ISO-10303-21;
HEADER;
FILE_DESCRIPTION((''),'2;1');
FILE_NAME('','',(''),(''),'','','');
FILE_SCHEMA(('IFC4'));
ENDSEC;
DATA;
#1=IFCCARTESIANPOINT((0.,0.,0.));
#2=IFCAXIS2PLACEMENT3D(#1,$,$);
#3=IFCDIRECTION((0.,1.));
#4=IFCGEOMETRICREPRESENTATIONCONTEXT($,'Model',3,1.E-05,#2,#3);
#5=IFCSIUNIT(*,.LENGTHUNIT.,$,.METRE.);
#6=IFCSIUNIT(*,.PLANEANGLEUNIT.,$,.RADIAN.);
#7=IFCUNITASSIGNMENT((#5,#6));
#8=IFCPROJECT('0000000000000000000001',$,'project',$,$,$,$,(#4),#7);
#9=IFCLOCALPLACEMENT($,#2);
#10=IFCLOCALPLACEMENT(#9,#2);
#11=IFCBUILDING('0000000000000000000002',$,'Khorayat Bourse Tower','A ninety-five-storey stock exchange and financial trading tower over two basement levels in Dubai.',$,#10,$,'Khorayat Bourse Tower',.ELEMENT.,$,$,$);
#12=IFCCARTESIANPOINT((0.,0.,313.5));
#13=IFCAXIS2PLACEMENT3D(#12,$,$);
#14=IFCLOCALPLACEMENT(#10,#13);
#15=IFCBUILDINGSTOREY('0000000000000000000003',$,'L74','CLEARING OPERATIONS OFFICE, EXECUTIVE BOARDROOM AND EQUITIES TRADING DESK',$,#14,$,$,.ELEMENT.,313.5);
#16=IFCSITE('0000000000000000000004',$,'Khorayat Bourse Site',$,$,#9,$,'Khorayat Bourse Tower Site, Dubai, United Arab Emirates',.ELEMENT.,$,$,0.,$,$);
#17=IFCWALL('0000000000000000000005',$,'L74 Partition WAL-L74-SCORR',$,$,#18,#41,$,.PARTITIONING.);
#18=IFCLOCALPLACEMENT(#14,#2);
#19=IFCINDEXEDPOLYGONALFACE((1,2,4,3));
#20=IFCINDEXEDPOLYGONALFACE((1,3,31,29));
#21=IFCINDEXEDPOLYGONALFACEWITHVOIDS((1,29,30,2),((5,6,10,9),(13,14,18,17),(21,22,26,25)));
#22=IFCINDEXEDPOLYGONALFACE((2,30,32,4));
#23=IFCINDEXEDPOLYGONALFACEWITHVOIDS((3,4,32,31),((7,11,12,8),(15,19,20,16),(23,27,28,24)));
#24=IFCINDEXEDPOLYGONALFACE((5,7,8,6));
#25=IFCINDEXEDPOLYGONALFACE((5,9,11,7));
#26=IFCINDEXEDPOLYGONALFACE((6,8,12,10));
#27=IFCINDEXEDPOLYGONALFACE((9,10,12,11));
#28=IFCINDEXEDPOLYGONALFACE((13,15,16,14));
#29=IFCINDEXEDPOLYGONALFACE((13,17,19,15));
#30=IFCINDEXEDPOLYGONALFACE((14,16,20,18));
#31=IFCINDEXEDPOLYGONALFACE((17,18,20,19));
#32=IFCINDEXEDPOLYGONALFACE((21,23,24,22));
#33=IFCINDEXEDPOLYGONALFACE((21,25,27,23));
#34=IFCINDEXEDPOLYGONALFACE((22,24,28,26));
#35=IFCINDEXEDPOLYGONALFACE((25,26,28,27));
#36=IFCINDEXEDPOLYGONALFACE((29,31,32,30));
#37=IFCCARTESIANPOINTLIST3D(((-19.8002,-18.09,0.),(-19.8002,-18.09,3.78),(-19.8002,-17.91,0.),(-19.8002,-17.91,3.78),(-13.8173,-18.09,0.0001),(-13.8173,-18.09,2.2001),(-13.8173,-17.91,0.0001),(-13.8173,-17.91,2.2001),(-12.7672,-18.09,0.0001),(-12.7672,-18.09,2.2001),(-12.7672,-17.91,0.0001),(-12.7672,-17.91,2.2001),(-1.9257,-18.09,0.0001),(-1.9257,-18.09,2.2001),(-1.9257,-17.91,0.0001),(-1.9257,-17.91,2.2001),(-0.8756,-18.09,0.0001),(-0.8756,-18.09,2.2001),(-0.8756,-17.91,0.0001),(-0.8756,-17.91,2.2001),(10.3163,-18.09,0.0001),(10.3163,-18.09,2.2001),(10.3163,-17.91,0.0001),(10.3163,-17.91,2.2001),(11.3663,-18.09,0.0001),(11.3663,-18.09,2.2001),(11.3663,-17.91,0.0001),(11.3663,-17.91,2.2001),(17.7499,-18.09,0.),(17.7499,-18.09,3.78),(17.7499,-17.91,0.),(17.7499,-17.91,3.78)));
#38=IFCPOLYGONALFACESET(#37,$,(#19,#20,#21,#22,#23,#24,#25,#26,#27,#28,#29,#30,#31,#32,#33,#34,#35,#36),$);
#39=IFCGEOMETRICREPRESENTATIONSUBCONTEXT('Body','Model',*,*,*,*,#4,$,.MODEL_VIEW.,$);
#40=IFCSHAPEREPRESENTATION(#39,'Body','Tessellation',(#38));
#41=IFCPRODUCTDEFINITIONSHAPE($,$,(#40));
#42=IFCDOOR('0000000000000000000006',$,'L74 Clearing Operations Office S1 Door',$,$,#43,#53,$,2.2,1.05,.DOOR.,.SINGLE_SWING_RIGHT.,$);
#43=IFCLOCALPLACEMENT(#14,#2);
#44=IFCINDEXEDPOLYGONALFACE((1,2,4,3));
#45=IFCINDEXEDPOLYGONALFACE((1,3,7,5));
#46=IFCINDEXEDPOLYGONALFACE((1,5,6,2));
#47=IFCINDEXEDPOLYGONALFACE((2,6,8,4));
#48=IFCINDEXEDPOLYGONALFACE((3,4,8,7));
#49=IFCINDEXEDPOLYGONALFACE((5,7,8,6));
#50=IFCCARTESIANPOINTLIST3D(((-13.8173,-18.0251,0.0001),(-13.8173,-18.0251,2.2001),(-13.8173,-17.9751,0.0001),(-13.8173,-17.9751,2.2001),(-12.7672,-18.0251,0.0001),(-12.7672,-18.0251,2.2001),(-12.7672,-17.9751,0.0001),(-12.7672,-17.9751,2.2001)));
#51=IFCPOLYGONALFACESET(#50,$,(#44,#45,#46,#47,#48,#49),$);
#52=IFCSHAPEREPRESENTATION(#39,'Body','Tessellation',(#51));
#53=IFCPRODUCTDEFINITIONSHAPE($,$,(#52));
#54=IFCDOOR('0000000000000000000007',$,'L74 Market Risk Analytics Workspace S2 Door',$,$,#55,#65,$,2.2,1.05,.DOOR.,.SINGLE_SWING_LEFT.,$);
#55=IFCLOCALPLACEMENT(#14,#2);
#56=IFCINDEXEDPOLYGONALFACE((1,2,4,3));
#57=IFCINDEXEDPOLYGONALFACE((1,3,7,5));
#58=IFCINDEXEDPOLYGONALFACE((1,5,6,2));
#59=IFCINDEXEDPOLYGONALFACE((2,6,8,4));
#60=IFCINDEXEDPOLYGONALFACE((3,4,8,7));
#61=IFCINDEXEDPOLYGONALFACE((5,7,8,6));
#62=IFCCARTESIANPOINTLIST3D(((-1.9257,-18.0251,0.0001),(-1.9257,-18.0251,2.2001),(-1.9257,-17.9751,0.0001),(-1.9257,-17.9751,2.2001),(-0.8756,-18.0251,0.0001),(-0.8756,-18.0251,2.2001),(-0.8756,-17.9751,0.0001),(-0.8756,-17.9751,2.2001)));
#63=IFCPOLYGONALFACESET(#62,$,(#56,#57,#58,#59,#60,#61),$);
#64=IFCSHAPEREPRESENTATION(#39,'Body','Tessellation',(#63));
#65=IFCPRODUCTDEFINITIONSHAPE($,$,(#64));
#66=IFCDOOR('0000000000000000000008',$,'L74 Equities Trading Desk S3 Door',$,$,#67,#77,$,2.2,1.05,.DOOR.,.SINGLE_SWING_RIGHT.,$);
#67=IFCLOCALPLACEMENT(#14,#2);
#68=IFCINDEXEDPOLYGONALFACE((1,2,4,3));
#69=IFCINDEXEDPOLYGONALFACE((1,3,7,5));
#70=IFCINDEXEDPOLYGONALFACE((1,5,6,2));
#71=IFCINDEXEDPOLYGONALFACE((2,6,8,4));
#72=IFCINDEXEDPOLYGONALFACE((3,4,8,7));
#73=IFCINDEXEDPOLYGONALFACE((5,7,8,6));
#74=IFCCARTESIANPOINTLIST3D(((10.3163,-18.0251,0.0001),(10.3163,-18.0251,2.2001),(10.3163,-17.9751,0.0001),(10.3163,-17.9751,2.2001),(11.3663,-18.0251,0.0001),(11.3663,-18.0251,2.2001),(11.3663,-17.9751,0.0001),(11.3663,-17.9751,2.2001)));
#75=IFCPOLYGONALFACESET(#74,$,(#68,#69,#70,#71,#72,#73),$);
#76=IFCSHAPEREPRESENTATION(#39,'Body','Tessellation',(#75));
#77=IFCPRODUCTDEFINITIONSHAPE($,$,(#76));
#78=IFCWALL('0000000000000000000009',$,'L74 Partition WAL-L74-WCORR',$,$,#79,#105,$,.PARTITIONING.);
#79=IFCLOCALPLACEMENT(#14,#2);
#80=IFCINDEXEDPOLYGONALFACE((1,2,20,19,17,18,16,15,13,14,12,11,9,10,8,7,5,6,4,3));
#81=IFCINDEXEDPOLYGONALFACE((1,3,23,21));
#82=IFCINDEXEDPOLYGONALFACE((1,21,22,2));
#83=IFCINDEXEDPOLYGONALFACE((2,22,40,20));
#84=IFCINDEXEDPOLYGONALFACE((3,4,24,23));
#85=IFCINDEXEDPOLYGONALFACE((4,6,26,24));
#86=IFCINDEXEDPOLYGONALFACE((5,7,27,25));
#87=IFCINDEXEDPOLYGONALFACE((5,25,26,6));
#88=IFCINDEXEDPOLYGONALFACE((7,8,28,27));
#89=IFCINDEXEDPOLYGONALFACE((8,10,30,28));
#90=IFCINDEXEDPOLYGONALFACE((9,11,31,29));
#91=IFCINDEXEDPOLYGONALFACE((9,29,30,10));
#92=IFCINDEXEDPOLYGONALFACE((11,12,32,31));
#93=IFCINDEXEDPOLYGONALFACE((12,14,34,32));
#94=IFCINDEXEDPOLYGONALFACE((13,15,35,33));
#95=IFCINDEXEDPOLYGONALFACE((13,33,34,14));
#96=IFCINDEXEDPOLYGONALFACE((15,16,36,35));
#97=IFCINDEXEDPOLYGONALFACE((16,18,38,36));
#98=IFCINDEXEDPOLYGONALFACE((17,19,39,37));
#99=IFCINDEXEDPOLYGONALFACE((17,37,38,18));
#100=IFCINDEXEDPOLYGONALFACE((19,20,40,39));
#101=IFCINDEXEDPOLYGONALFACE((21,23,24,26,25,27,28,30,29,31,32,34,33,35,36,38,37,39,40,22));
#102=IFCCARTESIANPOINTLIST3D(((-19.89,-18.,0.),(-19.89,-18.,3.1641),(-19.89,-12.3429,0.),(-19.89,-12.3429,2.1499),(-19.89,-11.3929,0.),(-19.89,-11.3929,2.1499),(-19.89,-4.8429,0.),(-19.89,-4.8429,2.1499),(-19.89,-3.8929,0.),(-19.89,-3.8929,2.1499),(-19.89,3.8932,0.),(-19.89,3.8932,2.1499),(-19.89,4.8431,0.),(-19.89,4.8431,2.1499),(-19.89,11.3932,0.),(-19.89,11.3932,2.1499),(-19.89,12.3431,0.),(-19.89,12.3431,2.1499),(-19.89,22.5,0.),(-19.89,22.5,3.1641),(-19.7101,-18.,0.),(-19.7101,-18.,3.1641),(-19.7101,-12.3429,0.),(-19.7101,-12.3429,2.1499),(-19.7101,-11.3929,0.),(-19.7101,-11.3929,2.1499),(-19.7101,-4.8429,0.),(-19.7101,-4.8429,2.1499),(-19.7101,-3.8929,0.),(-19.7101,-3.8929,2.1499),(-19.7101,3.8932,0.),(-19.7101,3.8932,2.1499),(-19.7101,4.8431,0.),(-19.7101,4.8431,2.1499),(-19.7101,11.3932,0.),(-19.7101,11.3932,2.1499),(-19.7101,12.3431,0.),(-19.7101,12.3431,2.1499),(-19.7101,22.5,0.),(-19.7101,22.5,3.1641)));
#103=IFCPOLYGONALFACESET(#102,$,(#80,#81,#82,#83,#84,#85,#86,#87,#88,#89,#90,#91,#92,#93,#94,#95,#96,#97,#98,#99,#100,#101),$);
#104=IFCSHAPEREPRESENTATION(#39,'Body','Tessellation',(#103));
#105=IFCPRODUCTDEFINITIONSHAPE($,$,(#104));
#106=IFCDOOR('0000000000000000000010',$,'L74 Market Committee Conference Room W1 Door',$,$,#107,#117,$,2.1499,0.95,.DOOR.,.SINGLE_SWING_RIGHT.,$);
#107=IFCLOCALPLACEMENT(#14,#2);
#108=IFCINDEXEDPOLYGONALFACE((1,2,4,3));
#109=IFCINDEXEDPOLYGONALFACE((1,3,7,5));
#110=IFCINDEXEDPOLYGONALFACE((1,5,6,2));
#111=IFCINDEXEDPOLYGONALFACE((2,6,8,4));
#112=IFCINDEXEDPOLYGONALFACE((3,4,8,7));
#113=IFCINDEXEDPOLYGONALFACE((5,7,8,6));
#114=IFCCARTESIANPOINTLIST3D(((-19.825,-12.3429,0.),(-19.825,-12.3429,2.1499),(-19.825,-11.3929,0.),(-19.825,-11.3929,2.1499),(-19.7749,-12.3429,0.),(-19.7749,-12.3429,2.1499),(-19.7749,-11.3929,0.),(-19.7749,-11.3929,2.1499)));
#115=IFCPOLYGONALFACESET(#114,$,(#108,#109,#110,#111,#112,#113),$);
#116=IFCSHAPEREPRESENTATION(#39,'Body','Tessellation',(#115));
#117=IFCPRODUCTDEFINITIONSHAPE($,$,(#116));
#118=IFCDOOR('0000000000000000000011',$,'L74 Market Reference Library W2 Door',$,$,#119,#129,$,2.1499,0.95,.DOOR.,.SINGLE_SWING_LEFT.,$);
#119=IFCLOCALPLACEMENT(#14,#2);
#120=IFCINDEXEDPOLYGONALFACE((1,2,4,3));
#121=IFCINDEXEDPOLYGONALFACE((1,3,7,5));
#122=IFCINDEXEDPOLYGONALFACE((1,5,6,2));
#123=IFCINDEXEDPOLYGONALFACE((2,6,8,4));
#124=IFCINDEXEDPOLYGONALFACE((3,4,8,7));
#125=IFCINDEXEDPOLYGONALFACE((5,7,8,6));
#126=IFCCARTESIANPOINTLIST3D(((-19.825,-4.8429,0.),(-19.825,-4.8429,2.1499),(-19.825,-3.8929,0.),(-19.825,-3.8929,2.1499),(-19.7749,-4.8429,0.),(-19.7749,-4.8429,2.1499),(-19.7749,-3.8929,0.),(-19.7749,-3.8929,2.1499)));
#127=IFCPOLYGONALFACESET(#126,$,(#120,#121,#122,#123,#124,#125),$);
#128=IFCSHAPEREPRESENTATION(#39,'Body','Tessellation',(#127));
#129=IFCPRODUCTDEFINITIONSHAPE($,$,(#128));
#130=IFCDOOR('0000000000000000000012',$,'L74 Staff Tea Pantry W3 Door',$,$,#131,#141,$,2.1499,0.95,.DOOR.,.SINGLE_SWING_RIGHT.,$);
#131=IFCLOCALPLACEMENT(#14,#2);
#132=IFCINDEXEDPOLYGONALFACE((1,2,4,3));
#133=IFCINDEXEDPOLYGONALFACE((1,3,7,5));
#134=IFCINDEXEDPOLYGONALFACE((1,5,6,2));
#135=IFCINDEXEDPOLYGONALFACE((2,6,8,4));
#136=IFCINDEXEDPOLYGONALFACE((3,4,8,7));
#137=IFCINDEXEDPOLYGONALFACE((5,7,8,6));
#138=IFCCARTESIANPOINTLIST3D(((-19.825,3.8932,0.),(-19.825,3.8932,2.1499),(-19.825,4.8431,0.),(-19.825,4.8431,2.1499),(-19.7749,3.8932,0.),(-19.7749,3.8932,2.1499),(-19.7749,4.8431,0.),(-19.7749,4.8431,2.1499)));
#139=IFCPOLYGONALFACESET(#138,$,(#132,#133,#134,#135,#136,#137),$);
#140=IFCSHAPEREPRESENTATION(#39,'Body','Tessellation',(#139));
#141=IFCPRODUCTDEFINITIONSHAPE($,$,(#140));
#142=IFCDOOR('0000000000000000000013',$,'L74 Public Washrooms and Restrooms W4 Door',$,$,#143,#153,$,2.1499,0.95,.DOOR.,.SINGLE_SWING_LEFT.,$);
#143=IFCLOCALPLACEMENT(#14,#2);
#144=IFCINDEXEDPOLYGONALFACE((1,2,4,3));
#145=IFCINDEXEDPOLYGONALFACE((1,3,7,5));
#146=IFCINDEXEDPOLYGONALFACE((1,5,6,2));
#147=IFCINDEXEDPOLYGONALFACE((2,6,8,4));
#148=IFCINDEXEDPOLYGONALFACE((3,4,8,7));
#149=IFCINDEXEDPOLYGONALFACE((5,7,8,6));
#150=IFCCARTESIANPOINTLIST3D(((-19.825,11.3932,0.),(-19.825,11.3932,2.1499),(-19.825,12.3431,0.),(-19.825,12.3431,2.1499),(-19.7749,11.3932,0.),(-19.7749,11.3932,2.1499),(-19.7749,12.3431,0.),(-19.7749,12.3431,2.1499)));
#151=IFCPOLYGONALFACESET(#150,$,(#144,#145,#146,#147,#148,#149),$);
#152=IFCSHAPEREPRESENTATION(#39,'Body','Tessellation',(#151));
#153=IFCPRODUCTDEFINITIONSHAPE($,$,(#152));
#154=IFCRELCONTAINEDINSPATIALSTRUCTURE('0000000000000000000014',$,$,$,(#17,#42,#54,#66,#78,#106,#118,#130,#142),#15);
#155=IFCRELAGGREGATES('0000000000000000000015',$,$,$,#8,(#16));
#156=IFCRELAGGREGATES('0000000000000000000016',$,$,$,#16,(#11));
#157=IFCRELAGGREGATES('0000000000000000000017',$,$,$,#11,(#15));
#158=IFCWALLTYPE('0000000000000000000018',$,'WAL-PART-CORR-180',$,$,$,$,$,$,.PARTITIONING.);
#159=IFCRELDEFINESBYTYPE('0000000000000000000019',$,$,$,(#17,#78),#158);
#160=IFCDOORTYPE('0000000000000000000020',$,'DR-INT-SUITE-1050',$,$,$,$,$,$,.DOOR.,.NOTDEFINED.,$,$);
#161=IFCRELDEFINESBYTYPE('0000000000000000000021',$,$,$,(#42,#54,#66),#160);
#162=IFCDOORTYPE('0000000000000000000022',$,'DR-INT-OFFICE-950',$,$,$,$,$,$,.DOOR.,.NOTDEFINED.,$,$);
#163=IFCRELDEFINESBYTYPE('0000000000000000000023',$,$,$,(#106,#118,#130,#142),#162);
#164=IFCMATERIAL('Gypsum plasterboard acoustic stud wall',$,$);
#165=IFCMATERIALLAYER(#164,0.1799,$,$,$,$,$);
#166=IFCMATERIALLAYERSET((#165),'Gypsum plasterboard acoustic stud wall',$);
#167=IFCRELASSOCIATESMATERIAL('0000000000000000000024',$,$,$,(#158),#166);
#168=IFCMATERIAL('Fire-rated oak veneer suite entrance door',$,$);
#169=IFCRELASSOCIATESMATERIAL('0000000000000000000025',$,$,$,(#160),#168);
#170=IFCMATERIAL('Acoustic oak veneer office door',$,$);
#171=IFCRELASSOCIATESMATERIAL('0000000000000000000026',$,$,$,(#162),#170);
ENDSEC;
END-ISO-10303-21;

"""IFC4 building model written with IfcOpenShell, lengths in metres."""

from ifc_helpers import new_model, si_unit, direction, frame, frame_2d, origin, place, context, subcontext, project, spatial, rectangle, extrude, source, transform, mapped, material, layer, layer_set, type_object, element, fill, save


model = new_model("IFC4")

# Units and contexts
model_context = context("Model", 3, precision=1e-05, world=origin(), true_north=direction((0.0, 1.0)))
body_context = subcontext(model_context, "Body", "Model", "MODEL_VIEW")
ifc_project = project(units=[si_unit("LENGTHUNIT", "METRE"), si_unit("PLANEANGLEUNIT", "RADIAN")], contexts=[model_context])

# Site, building, storey
site_placement = place(None, origin())
site = spatial("IfcSite", under=ifc_project, at=site_placement, Name="Khorayat Bourse Site", LongName="Khorayat Bourse Tower Site, Dubai, United Arab Emirates", CompositionType="ELEMENT", RefElevation=0.0)
building_placement = place(site_placement, origin())
building = spatial("IfcBuilding", under=site, at=building_placement, Name="Khorayat Bourse Tower", Description="A ninety-five-storey stock exchange and financial trading tower over two basement levels in Dubai.", LongName="Khorayat Bourse Tower", CompositionType="ELEMENT")
storey_placement = place(building_placement, frame((0.0, 0.0, 313.5)))
storey = spatial("IfcBuildingStorey", under=building, at=storey_placement, Name="L74", Description="CLEARING OPERATIONS OFFICE, EXECUTIVE BOARDROOM AND EQUITIES TRADING DESK", CompositionType="ELEMENT", Elevation=313.5)

# Shared definitions
ifc_material_1 = material(Name="Gypsum plasterboard acoustic stud wall")
ifc_layer = layer(ifc_material_1, 0.1799)
ifc_layer_set = layer_set([ifc_layer], Name="Gypsum plasterboard acoustic stud wall")
wall_type = type_object("IfcWallType", Name="WAL-PART-CORR-180", PredefinedType="PARTITIONING", material=ifc_layer_set)

# Walls, openings, doors
shared_shape_1 = source(origin(), body_context, "Body", "SweptSolid", [
    extrude(rectangle(XDim=37.55, YDim=0.1799, at=frame_2d((18.7749, 0.0))), origin(), (0.0, 0.0, 1.0), 3.78),
])
wall_1_placement = place(storey_placement, frame((-19.8, -18.0, 0.0), z_axis=(0.0, 0.0, 1.0), x_axis=(1.0, 0.0, 0.0)))
wall_1 = element("IfcWall", 1, at=wall_1_placement, inside=storey, type_object=wall_type, Name="L74 Partition WAL-L74-SCORR", PredefinedType="PARTITIONING", context=body_context, shape_type="MappedRepresentation", body=[
    mapped(shared_shape_1, transform((0.0, 0.0, 0.0), scale=1.0)),
])
shared_shape_2 = source(origin(), body_context, "Body", "SweptSolid", [
    extrude(rectangle(XDim=1.05, YDim=2.2, at=frame_2d((0.5249, 1.1001))), frame((0.0, 0.0999, 0.0), z_axis=(0.0, -1.0, 0.0), x_axis=(1.0, 0.0, 0.0)), (0.0, 0.0, 1.0), 0.2),
])
opening_1_placement = place(wall_1_placement, frame((5.9829, 0.0, 0.0)))
opening_1 = element("IfcOpeningElement", 2, at=opening_1_placement, cuts=wall_1, PredefinedType="OPENING", context=body_context, shape_type="MappedRepresentation", body=[
    mapped(shared_shape_2, transform((0.0, 0.0, 0.0), scale=1.0)),
])
opening_2_placement = place(wall_1_placement, frame((17.8745, 0.0, 0.0)))
opening_2 = element("IfcOpeningElement", 3, at=opening_2_placement, cuts=wall_1, PredefinedType="OPENING", context=body_context, shape_type="MappedRepresentation", body=[
    mapped(shared_shape_2, transform((0.0, 0.0, 0.0), scale=1.0)),
])
opening_3_placement = place(wall_1_placement, frame((30.1165, 0.0, 0.0)))
opening_3 = element("IfcOpeningElement", 4, at=opening_3_placement, cuts=wall_1, PredefinedType="OPENING", context=body_context, shape_type="MappedRepresentation", body=[
    mapped(shared_shape_2, transform((0.0, 0.0, 0.0), scale=1.0)),
])
ifc_material_2 = material(Name="Fire-rated oak veneer suite entrance door")
door_type_1 = type_object("IfcDoorType", Name="DR-INT-SUITE-1050", OperationType="NOTDEFINED", PredefinedType="DOOR", material=ifc_material_2)
shared_shape_3 = source(origin(), body_context, "Body", "SweptSolid", [
    extrude(rectangle(XDim=1.05, YDim=2.2, at=frame_2d((0.5249, 1.1001))), frame((0.0, 0.0249, 0.0), z_axis=(0.0, -1.0, 0.0), x_axis=(1.0, 0.0, 0.0)), (0.0, 0.0, 1.0), 0.05),
])
door_1_placement = place(opening_1_placement, origin())
door_1 = element("IfcDoor", 5, at=door_1_placement, inside=storey, type_object=door_type_1, Name="L74 Clearing Operations Office S1 Door", OperationType="SINGLE_SWING_RIGHT", OverallHeight=2.2, OverallWidth=1.05, PredefinedType="DOOR", context=body_context, shape_type="MappedRepresentation", body=[
    mapped(shared_shape_3, transform((0.0, 0.0, 0.0), scale=1.0)),
])
fill(opening_1, door_1)
door_2_placement = place(opening_2_placement, origin())
door_2 = element("IfcDoor", 6, at=door_2_placement, inside=storey, type_object=door_type_1, Name="L74 Market Risk Analytics Workspace S2 Door", OperationType="SINGLE_SWING_LEFT", OverallHeight=2.2, OverallWidth=1.05, PredefinedType="DOOR", context=body_context, shape_type="MappedRepresentation", body=[
    mapped(shared_shape_3, transform((0.0, 0.0, 0.0), scale=1.0)),
])
fill(opening_2, door_2)
door_3_placement = place(opening_3_placement, origin())
door_3 = element("IfcDoor", 7, at=door_3_placement, inside=storey, type_object=door_type_1, Name="L74 Equities Trading Desk S3 Door", OperationType="SINGLE_SWING_RIGHT", OverallHeight=2.2, OverallWidth=1.05, PredefinedType="DOOR", context=body_context, shape_type="MappedRepresentation", body=[
    mapped(shared_shape_3, transform((0.0, 0.0, 0.0), scale=1.0)),
])
fill(opening_3, door_3)
shared_shape_4 = source(origin(), body_context, "Body", "SweptSolid", [
    extrude(rectangle(XDim=40.5, YDim=0.1799, at=frame_2d((20.25, 0.0))), origin(), (0.0, 0.0, 1.0), 3.1641),
])
wall_2_placement = place(storey_placement, frame((-19.8, -18.0, 0.0), z_axis=(0.0, 0.0, 1.0), x_axis=(0.0, 1.0, 0.0)))
wall_2 = element("IfcWall", 8, at=wall_2_placement, inside=storey, type_object=wall_type, Name="L74 Partition WAL-L74-WCORR", PredefinedType="PARTITIONING", context=body_context, shape_type="MappedRepresentation", body=[
    mapped(shared_shape_4, transform((0.0, 0.0, 0.0), scale=1.0)),
])
shared_shape_5 = source(origin(), body_context, "Body", "SweptSolid", [
    extrude(rectangle(XDim=0.95, YDim=2.1499, at=frame_2d((0.4751, 1.075))), frame((0.0, 0.0999, 0.0), z_axis=(0.0, -1.0, 0.0), x_axis=(1.0, 0.0, 0.0)), (0.0, 0.0, 1.0), 0.2),
])
opening_4_placement = place(wall_2_placement, frame((5.657, 0.0, 0.0)))
opening_4 = element("IfcOpeningElement", 9, at=opening_4_placement, cuts=wall_2, PredefinedType="OPENING", context=body_context, shape_type="MappedRepresentation", body=[
    mapped(shared_shape_5, transform((0.0, 0.0, 0.0), scale=1.0)),
])
opening_5_placement = place(wall_2_placement, frame((13.157, 0.0, 0.0)))
opening_5 = element("IfcOpeningElement", 10, at=opening_5_placement, cuts=wall_2, PredefinedType="OPENING", context=body_context, shape_type="MappedRepresentation", body=[
    mapped(shared_shape_5, transform((0.0, 0.0, 0.0), scale=1.0)),
])
opening_6_placement = place(wall_2_placement, frame((21.8931, 0.0, 0.0)))
opening_6 = element("IfcOpeningElement", 11, at=opening_6_placement, cuts=wall_2, PredefinedType="OPENING", context=body_context, shape_type="MappedRepresentation", body=[
    mapped(shared_shape_5, transform((0.0, 0.0, 0.0), scale=1.0)),
])
opening_7_placement = place(wall_2_placement, frame((29.3931, 0.0, 0.0)))
opening_7 = element("IfcOpeningElement", 12, at=opening_7_placement, cuts=wall_2, PredefinedType="OPENING", context=body_context, shape_type="MappedRepresentation", body=[
    mapped(shared_shape_5, transform((0.0, 0.0, 0.0), scale=1.0)),
])
ifc_material_3 = material(Name="Acoustic oak veneer office door")
door_type_2 = type_object("IfcDoorType", Name="DR-INT-OFFICE-950", OperationType="NOTDEFINED", PredefinedType="DOOR", material=ifc_material_3)
shared_shape_6 = source(origin(), body_context, "Body", "SweptSolid", [
    extrude(rectangle(XDim=0.95, YDim=2.1499, at=frame_2d((0.4751, 1.075))), frame((0.0, 0.0249, 0.0), z_axis=(0.0, -1.0, 0.0), x_axis=(1.0, 0.0, 0.0)), (0.0, 0.0, 1.0), 0.05),
])
door_4_placement = place(opening_4_placement, origin())
door_4 = element("IfcDoor", 13, at=door_4_placement, inside=storey, type_object=door_type_2, Name="L74 Market Committee Conference Room W1 Door", OperationType="SINGLE_SWING_RIGHT", OverallHeight=2.1499, OverallWidth=0.95, PredefinedType="DOOR", context=body_context, shape_type="MappedRepresentation", body=[
    mapped(shared_shape_6, transform((0.0, 0.0, 0.0), scale=1.0)),
])
fill(opening_4, door_4)
door_5_placement = place(opening_5_placement, origin())
door_5 = element("IfcDoor", 14, at=door_5_placement, inside=storey, type_object=door_type_2, Name="L74 Market Reference Library W2 Door", OperationType="SINGLE_SWING_LEFT", OverallHeight=2.1499, OverallWidth=0.95, PredefinedType="DOOR", context=body_context, shape_type="MappedRepresentation", body=[
    mapped(shared_shape_6, transform((0.0, 0.0, 0.0), scale=1.0)),
])
fill(opening_5, door_5)
door_6_placement = place(opening_6_placement, origin())
door_6 = element("IfcDoor", 15, at=door_6_placement, inside=storey, type_object=door_type_2, Name="L74 Staff Tea Pantry W3 Door", OperationType="SINGLE_SWING_RIGHT", OverallHeight=2.1499, OverallWidth=0.95, PredefinedType="DOOR", context=body_context, shape_type="MappedRepresentation", body=[
    mapped(shared_shape_6, transform((0.0, 0.0, 0.0), scale=1.0)),
])
fill(opening_6, door_6)
door_7_placement = place(opening_7_placement, origin())
door_7 = element("IfcDoor", 16, at=door_7_placement, inside=storey, type_object=door_type_2, Name="L74 Public Washrooms and Restrooms W4 Door", OperationType="SINGLE_SWING_LEFT", OverallHeight=2.1499, OverallWidth=0.95, PredefinedType="DOOR", context=body_context, shape_type="MappedRepresentation", body=[
    mapped(shared_shape_6, transform((0.0, 0.0, 0.0), scale=1.0)),
])
fill(opening_7, door_7)

save(model, "model.ifc")
